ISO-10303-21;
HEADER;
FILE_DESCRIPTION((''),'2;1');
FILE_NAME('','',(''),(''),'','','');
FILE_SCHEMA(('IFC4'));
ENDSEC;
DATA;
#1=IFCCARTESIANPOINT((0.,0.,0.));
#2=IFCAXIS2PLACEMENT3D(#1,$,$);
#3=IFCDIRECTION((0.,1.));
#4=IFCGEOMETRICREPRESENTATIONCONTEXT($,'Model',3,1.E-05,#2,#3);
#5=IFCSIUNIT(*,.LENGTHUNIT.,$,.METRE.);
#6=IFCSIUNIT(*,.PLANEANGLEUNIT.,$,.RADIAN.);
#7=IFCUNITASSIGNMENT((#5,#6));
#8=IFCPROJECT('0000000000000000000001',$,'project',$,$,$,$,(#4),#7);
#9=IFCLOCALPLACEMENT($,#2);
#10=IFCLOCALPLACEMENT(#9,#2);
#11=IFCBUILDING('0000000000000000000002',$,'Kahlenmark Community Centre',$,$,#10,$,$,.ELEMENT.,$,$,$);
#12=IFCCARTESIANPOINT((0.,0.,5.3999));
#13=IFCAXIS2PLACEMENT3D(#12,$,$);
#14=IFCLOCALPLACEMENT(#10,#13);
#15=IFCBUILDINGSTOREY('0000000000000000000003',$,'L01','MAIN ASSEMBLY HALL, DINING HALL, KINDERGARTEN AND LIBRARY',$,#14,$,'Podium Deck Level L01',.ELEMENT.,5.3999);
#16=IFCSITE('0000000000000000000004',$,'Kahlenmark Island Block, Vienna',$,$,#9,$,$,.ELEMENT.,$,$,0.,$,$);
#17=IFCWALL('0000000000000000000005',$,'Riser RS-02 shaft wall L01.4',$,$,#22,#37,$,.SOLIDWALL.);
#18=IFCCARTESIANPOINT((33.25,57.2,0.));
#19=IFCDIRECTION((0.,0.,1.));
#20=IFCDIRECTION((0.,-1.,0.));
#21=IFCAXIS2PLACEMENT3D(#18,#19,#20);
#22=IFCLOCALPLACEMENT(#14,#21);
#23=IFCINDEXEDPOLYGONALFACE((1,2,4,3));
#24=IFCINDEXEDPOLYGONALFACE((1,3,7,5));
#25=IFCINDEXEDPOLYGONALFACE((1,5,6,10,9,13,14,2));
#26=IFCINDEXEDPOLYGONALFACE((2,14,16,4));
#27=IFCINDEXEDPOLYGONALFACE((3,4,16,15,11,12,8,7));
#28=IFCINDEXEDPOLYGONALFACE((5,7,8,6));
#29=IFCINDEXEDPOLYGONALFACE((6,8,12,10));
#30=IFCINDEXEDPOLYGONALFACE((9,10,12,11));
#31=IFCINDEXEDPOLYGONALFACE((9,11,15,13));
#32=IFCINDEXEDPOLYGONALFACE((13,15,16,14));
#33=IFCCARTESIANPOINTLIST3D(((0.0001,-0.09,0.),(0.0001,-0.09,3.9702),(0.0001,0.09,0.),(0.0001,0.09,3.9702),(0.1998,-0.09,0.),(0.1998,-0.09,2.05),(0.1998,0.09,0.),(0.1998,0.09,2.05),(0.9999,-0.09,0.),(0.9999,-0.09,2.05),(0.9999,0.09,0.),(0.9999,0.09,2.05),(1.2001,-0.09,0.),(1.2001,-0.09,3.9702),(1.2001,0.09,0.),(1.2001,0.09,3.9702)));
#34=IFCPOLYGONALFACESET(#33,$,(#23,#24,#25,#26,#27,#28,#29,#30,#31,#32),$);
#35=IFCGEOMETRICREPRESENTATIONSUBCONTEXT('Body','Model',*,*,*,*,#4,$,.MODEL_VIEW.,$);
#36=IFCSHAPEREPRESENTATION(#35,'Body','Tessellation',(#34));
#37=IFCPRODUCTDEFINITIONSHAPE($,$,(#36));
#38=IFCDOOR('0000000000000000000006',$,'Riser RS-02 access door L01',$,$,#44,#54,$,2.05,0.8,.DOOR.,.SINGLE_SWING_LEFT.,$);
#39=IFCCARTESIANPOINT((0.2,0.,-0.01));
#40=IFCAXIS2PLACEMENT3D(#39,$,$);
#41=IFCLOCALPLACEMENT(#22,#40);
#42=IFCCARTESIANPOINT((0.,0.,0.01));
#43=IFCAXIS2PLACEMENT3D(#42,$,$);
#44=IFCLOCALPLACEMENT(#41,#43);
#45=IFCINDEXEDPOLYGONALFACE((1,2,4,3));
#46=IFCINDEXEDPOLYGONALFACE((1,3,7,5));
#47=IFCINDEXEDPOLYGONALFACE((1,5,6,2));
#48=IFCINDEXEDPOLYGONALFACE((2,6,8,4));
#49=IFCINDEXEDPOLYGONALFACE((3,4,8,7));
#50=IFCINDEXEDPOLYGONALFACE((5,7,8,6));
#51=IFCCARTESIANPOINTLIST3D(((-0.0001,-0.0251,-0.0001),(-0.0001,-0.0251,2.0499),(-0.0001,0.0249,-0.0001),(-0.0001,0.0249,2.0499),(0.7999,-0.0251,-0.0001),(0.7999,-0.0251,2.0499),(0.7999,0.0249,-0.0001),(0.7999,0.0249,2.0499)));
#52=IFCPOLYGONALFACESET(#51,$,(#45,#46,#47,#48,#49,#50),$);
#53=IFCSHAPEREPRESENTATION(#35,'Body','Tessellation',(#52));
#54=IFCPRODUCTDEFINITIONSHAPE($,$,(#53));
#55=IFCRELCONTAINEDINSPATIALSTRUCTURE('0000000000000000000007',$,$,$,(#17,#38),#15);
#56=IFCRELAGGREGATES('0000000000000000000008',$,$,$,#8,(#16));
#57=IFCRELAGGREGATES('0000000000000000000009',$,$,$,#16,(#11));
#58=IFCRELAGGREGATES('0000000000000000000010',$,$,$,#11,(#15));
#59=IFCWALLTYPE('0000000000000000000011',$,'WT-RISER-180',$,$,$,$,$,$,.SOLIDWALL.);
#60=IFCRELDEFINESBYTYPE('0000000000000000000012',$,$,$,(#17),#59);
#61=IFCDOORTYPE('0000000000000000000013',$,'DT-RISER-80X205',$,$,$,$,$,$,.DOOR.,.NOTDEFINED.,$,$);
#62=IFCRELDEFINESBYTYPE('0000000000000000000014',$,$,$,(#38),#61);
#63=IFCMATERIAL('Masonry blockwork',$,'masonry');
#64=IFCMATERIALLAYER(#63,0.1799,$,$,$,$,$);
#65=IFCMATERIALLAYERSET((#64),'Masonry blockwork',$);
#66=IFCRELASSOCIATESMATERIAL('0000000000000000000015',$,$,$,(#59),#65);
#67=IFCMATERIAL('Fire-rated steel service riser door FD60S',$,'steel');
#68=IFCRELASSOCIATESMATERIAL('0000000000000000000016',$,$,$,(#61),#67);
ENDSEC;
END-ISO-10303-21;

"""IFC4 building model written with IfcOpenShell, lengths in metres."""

from ifc_helpers import new_model, si_unit, direction, frame, frame_2d, origin, place, context, subcontext, project, spatial, rectangle, extrude, material, layer, layer_set, type_object, element, fill, save


model = new_model("IFC4")

# Units and contexts
model_context = context("Model", 3, precision=1e-05, world=origin(), true_north=direction((0.0, 1.0)))
body_context = subcontext(model_context, "Body", "Model", "MODEL_VIEW")
ifc_project = project(units=[si_unit("LENGTHUNIT", "METRE"), si_unit("PLANEANGLEUNIT", "RADIAN")], contexts=[model_context])

# Site, building, storey
site_placement = place(None, origin())
site = spatial("IfcSite", under=ifc_project, at=site_placement, Name="Kahlenmark Island Block, Vienna", CompositionType="ELEMENT", RefElevation=0.0)
building_placement = place(site_placement, origin())
building = spatial("IfcBuilding", under=site, at=building_placement, Name="Kahlenmark Community Centre", CompositionType="ELEMENT")
storey_placement = place(building_placement, frame((0.0, 0.0, 5.3999)))
storey = spatial("IfcBuildingStorey", under=building, at=storey_placement, Name="L01", Description="MAIN ASSEMBLY HALL, DINING HALL, KINDERGARTEN AND LIBRARY", LongName="Podium Deck Level L01", CompositionType="ELEMENT", Elevation=5.3999)

# Shared definitions
ifc_material_1 = material(Name="Masonry blockwork", Category="masonry")
ifc_layer_1 = layer(ifc_material_1, 0.1799)
ifc_layer_set_1 = layer_set([ifc_layer_1], Name="Masonry blockwork")
wall_type_1 = type_object("IfcWallType", Name="WT-RISER-180", PredefinedType="SOLIDWALL", material=ifc_layer_set_1)

# Wall, opening, door
wall_1_placement = place(storey_placement, frame((33.25, 57.2, 0.0), z_axis=(0.0, 0.0, 1.0), x_axis=(0.0, -1.0, 0.0)))
wall_1 = element("IfcWall", 1, at=wall_1_placement, inside=storey, type_object=wall_type_1, Name="Riser RS-02 shaft wall L01.4", PredefinedType="SOLIDWALL", context=body_context, shape_type="SweptSolid", body=[
    extrude(rectangle(XDim=1.2, YDim=0.1799, at=frame_2d((0.6001, 0.0))), origin(), (0.0, 0.0, 1.0), 3.9702),
])
opening_1_placement = place(wall_1_placement, frame((0.2, 0.0, -0.01)))
opening_1 = element("IfcOpeningElement", 2, at=opening_1_placement, cuts=wall_1, PredefinedType="OPENING", context=body_context, shape_type="SweptSolid", body=[
    extrude(rectangle(XDim=0.8, YDim=2.0601, at=frame_2d((0.3999, 1.03))), frame((0.0, 0.0999, 0.0), z_axis=(0.0, -1.0, 0.0), x_axis=(1.0, 0.0, 0.0)), (0.0, 0.0, 1.0), 0.2),
])
ifc_material_2 = material(Name="Fire-rated steel service riser door FD60S", Category="steel")
door_type_1 = type_object("IfcDoorType", Name="DT-RISER-80X205", OperationType="NOTDEFINED", PredefinedType="DOOR", material=ifc_material_2)
door_1_placement = place(opening_1_placement, frame((0.0, 0.0, 0.01)))
door_1 = element("IfcDoor", 3, at=door_1_placement, inside=storey, type_object=door_type_1, Name="Riser RS-02 access door L01", OperationType="SINGLE_SWING_LEFT", OverallHeight=2.05, OverallWidth=0.8, PredefinedType="DOOR", context=body_context, shape_type="SweptSolid", body=[
    extrude(rectangle(XDim=0.8, YDim=2.05, at=frame_2d((0.3999, 1.0249))), frame((0.0, 0.0249, 0.0), z_axis=(0.0, -1.0, 0.0), x_axis=(1.0, 0.0, 0.0)), (0.0, 0.0, 1.0), 0.05),
])
fill(opening_1, door_1)

save(model, "model.ifc")
